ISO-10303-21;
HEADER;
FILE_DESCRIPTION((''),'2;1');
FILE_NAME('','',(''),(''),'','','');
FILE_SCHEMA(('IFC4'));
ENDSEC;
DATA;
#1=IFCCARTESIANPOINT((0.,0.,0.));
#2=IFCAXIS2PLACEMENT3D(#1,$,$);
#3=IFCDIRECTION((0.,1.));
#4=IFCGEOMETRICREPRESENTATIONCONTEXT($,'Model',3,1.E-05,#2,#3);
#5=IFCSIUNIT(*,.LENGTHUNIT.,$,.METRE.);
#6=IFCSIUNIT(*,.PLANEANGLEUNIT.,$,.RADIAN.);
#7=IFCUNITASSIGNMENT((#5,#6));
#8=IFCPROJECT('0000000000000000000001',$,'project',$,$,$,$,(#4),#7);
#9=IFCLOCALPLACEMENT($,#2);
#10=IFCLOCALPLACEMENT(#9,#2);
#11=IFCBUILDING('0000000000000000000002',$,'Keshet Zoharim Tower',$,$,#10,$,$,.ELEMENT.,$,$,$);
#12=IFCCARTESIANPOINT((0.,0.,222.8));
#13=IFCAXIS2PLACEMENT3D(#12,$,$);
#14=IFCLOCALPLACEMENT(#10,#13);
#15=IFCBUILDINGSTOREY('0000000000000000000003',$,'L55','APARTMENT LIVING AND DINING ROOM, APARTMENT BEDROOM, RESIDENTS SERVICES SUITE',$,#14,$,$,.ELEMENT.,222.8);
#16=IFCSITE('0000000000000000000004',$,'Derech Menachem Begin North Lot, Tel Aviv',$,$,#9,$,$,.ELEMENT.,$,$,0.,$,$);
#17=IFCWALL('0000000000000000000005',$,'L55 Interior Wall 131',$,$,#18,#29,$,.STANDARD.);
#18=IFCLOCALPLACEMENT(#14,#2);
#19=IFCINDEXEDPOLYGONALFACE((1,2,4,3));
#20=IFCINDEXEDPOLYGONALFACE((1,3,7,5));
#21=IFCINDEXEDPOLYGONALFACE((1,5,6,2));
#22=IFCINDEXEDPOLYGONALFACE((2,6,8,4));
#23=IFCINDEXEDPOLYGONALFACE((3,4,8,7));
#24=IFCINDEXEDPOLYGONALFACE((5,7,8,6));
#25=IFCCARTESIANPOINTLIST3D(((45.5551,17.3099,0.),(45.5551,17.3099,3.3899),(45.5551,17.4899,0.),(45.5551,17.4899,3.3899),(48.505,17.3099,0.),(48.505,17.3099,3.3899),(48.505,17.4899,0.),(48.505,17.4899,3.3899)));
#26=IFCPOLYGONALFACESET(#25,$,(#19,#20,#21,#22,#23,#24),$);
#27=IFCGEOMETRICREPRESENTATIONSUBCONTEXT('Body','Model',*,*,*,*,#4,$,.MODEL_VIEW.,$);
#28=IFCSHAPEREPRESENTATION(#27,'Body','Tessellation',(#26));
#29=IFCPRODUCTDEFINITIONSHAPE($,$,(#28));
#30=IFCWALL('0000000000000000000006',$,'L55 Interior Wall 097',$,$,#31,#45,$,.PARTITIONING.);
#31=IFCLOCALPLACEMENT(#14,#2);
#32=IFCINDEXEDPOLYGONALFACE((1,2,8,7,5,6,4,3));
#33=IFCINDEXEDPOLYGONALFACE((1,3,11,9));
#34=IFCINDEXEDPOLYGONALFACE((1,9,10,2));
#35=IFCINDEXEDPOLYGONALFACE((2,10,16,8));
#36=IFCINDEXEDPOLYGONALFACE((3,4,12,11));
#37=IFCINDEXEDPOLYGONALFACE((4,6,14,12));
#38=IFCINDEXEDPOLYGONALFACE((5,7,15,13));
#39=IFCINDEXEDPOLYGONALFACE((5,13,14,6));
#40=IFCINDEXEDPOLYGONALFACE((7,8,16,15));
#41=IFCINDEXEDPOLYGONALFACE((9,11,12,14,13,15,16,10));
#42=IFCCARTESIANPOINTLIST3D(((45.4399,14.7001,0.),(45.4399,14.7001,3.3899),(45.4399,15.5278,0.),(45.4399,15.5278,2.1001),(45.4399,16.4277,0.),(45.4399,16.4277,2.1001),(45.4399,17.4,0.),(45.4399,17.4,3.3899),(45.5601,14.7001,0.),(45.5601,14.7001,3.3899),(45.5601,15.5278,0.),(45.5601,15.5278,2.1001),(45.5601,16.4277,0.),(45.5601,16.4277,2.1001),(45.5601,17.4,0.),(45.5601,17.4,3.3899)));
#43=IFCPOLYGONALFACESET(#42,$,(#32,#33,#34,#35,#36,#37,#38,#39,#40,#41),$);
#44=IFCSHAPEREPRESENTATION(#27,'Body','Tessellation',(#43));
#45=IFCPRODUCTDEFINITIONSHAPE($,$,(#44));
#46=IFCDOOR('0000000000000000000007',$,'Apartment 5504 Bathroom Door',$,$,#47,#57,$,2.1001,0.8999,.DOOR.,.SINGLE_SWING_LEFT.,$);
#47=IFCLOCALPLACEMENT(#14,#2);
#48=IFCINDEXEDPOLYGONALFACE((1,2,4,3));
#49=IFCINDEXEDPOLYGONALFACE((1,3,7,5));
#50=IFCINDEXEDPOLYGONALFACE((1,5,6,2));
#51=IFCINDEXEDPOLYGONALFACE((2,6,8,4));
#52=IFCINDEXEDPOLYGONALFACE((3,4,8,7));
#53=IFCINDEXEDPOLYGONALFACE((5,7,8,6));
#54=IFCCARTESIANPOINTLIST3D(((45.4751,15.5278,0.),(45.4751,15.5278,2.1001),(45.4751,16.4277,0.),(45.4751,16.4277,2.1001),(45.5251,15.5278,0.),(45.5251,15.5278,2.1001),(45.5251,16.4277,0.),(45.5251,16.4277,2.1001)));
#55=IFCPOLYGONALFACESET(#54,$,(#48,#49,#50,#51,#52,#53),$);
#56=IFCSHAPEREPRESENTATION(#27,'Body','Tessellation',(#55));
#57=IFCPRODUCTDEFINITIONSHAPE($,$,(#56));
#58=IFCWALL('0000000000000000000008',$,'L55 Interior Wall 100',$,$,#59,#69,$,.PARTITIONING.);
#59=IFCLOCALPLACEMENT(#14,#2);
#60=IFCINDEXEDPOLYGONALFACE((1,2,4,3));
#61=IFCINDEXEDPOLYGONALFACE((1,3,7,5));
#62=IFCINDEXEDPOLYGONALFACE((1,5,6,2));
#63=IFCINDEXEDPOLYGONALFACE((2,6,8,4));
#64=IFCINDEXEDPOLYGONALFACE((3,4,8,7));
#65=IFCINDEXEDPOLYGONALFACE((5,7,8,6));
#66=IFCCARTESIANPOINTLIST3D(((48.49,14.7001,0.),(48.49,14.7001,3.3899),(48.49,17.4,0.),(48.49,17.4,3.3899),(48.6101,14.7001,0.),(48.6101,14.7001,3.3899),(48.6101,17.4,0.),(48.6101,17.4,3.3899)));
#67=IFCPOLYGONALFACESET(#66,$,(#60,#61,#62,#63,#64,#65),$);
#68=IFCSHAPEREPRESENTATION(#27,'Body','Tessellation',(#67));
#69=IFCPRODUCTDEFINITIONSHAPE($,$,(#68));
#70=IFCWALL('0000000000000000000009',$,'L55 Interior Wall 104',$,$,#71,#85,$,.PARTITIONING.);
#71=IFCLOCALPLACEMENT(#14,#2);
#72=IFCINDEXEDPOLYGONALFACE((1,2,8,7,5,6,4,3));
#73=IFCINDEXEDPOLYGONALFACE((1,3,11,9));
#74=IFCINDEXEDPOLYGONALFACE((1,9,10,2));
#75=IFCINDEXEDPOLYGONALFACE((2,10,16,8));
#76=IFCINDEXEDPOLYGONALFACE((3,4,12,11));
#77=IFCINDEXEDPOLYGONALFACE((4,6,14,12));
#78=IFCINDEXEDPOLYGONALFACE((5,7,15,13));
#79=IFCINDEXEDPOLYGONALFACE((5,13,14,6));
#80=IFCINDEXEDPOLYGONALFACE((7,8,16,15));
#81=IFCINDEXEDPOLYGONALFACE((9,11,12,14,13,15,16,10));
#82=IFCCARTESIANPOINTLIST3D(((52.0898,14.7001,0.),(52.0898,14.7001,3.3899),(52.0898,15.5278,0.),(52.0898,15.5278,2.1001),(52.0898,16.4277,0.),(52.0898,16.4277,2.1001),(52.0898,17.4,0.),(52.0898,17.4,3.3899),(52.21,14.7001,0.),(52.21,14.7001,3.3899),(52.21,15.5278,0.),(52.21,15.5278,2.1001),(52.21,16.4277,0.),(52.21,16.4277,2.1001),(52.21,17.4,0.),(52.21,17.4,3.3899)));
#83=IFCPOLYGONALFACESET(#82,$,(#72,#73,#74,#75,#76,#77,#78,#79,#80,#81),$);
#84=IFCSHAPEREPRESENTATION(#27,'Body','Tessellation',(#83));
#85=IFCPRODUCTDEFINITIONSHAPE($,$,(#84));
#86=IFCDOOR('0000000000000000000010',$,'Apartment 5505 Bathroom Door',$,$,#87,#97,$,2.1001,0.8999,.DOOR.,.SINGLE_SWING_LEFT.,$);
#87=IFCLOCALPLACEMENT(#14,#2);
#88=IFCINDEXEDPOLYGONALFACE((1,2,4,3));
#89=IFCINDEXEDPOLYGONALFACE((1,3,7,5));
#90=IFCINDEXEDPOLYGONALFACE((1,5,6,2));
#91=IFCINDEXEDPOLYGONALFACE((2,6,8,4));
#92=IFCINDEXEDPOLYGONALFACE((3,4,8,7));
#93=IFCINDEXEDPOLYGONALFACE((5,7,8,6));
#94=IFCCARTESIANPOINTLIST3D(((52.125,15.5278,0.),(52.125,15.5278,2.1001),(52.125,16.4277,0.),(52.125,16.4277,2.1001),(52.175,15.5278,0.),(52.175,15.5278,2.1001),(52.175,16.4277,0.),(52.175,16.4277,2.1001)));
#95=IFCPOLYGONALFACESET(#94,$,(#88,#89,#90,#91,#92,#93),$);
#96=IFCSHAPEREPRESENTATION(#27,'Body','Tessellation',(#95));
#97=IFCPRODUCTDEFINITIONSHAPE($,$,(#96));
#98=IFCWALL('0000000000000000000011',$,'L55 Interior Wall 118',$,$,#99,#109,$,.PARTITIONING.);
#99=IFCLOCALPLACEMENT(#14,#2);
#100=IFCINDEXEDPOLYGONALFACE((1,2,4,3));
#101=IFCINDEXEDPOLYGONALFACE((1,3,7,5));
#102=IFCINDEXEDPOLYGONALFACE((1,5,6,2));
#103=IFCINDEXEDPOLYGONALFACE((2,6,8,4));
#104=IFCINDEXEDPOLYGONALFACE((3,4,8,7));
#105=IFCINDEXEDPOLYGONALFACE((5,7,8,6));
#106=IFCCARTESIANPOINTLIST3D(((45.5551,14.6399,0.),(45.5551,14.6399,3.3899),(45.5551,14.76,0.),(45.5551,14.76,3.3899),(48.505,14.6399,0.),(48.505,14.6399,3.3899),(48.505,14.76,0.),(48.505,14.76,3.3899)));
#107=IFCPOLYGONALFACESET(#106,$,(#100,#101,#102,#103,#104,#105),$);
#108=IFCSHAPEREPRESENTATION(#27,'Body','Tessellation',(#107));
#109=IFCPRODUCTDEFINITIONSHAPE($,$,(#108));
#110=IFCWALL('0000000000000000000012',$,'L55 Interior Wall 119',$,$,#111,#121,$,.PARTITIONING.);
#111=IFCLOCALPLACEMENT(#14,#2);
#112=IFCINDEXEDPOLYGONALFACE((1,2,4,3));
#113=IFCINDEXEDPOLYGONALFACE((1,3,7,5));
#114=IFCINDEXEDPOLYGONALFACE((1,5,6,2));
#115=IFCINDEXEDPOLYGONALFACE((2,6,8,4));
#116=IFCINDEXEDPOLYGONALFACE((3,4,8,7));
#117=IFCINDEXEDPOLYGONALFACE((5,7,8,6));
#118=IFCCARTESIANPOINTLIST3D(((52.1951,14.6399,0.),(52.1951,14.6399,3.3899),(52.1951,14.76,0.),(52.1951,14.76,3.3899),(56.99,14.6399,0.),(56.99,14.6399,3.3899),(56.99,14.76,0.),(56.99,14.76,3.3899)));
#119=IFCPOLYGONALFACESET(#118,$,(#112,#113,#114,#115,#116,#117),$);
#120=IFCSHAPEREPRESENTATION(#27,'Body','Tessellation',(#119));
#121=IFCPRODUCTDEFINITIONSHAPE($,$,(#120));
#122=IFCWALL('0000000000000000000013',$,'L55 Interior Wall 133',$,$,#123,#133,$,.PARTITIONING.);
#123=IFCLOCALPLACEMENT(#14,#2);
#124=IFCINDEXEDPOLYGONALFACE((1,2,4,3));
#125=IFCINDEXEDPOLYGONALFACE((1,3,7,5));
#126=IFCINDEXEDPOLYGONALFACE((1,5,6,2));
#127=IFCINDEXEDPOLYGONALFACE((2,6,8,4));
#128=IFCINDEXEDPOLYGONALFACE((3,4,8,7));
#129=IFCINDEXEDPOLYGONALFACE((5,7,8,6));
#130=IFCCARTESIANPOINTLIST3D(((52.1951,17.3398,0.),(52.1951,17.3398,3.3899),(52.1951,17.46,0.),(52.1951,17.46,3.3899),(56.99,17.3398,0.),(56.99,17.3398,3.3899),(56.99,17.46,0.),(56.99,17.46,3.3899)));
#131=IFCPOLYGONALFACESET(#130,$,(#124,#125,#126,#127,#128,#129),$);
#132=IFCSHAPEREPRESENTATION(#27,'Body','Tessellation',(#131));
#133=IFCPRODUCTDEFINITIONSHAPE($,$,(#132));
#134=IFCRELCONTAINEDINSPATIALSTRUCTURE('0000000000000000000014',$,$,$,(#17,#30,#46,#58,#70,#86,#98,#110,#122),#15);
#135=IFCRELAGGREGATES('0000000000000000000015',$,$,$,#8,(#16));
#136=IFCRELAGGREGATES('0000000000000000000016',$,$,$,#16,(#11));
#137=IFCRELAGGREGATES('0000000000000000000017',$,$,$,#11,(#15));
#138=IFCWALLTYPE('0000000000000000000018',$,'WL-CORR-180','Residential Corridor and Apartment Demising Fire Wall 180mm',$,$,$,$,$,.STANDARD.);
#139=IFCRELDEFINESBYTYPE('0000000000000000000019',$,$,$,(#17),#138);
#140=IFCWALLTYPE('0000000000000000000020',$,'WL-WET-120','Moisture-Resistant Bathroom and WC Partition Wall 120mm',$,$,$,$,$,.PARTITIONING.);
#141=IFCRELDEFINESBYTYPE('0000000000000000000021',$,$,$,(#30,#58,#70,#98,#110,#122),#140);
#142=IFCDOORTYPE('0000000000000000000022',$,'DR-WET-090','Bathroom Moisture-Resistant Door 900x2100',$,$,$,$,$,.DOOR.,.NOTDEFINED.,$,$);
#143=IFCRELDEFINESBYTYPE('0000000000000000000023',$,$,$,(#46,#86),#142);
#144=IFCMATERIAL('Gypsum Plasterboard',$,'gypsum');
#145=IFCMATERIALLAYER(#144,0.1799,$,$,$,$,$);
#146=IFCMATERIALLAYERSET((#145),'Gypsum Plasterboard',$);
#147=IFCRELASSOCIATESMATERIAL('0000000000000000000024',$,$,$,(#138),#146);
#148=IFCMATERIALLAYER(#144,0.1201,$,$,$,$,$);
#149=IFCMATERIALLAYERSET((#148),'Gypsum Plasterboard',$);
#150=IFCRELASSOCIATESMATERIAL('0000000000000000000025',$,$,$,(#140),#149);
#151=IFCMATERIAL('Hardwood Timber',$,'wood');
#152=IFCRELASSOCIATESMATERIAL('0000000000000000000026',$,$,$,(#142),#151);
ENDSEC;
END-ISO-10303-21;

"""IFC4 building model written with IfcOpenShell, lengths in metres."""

from ifc_helpers import new_model, si_unit, direction, frame, frame_2d, origin, place, context, subcontext, project, spatial, rectangle, extrude, material, layer, layer_set, type_object, element, fill, save


model = new_model("IFC4")

# Units and contexts
model_context = context("Model", 3, precision=1e-05, world=origin(), true_north=direction((0.0, 1.0)))
body_context = subcontext(model_context, "Body", "Model", "MODEL_VIEW")
ifc_project = project(units=[si_unit("LENGTHUNIT", "METRE"), si_unit("PLANEANGLEUNIT", "RADIAN")], contexts=[model_context])

# Site, building, storey
site_placement = place(None, origin())
site = spatial("IfcSite", under=ifc_project, at=site_placement, Name="Derech Menachem Begin North Lot, Tel Aviv", CompositionType="ELEMENT", RefElevation=0.0)
building_placement = place(site_placement, origin())
building = spatial("IfcBuilding", under=site, at=building_placement, Name="Keshet Zoharim Tower", CompositionType="ELEMENT")
storey_placement = place(building_placement, frame((0.0, 0.0, 222.8)))
storey = spatial("IfcBuildingStorey", under=building, at=storey_placement, Name="L55", Description="APARTMENT LIVING AND DINING ROOM, APARTMENT BEDROOM, RESIDENTS SERVICES SUITE", CompositionType="ELEMENT", Elevation=222.8)

# Shared definitions
ifc_material_1 = material(Name="Gypsum Plasterboard", Category="gypsum")

# Shared definitions
ifc_layer_1 = layer(ifc_material_1, 0.1799)
ifc_layer_set_1 = layer_set([ifc_layer_1], Name="Gypsum Plasterboard")
wall_type_1 = type_object("IfcWallType", Name="WL-CORR-180", Description="Residential Corridor and Apartment Demising Fire Wall 180mm", PredefinedType="STANDARD", material=ifc_layer_set_1)
ifc_material_2 = material(Name="Hardwood Timber", Category="wood")

# Wall
wall_1_placement = place(storey_placement, frame((45.5549, 17.3999, 0.0), z_axis=(0.0, 0.0, 1.0), x_axis=(1.0, 0.0, 0.0)))
element("IfcWall", 1, at=wall_1_placement, inside=storey, type_object=wall_type_1, Name="L55 Interior Wall 131", PredefinedType="STANDARD", context=body_context, shape_type="SweptSolid", body=[
    extrude(rectangle(XDim=2.95, YDim=0.1799, at=frame_2d((1.4751, 0.0))), origin(), (0.0, 0.0, 1.0), 3.3899),
])

# Wall, opening, door
ifc_layer_2 = layer(ifc_material_1, 0.1201)
ifc_layer_set_2 = layer_set([ifc_layer_2], Name="Gypsum Plasterboard")
wall_type_2 = type_object("IfcWallType", Name="WL-WET-120", Description="Moisture-Resistant Bathroom and WC Partition Wall 120mm", PredefinedType="PARTITIONING", material=ifc_layer_set_2)
wall_2_placement = place(storey_placement, frame((45.5, 14.7, 0.0), z_axis=(0.0, 0.0, 1.0), x_axis=(0.0, 1.0, 0.0)))
wall_2 = element("IfcWall", 2, at=wall_2_placement, inside=storey, type_object=wall_type_2, Name="L55 Interior Wall 097", PredefinedType="PARTITIONING", context=body_context, shape_type="SweptSolid", body=[
    extrude(rectangle(XDim=2.7, YDim=0.1201, at=frame_2d((1.3501, 0.0))), origin(), (0.0, 0.0, 1.0), 3.3899),
])
opening_1_placement = place(wall_2_placement, frame((0.8279, 0.0, 0.0)))
opening_1 = element("IfcOpeningElement", 3, at=opening_1_placement, cuts=wall_2, PredefinedType="OPENING", context=body_context, shape_type="SweptSolid", body=[
    extrude(rectangle(XDim=0.8999, YDim=2.1001, at=frame_2d((0.45, 1.05))), frame((0.0, 0.0701, 0.0), z_axis=(0.0, -1.0, 0.0), x_axis=(1.0, 0.0, 0.0)), (0.0, 0.0, 1.0), 0.1401),
])
door_type_1 = type_object("IfcDoorType", Name="DR-WET-090", Description="Bathroom Moisture-Resistant Door 900x2100", OperationType="NOTDEFINED", PredefinedType="DOOR", material=ifc_material_2)
door_1_placement = place(opening_1_placement, origin())
door_1 = element("IfcDoor", 4, at=door_1_placement, inside=storey, type_object=door_type_1, Name="Apartment 5504 Bathroom Door", OperationType="SINGLE_SWING_LEFT", OverallHeight=2.1001, OverallWidth=0.8999, PredefinedType="DOOR", context=body_context, shape_type="SweptSolid", body=[
    extrude(rectangle(XDim=0.8999, YDim=2.1001, at=frame_2d((0.45, 1.05))), frame((0.0, 0.0249, 0.0), z_axis=(0.0, -1.0, 0.0), x_axis=(1.0, 0.0, 0.0)), (0.0, 0.0, 1.0), 0.05),
])
fill(opening_1, door_1)

# Wall
wall_3_placement = place(storey_placement, frame((48.55, 14.7, 0.0), z_axis=(0.0, 0.0, 1.0), x_axis=(0.0, 1.0, 0.0)))
element("IfcWall", 5, at=wall_3_placement, inside=storey, type_object=wall_type_2, Name="L55 Interior Wall 100", PredefinedType="PARTITIONING", context=body_context, shape_type="SweptSolid", body=[
    extrude(rectangle(XDim=2.7, YDim=0.1201, at=frame_2d((1.3501, 0.0))), origin(), (0.0, 0.0, 1.0), 3.3899),
])

# Wall, opening, door
wall_4_placement = place(storey_placement, frame((52.1499, 14.7, 0.0), z_axis=(0.0, 0.0, 1.0), x_axis=(0.0, 1.0, 0.0)))
wall_4 = element("IfcWall", 6, at=wall_4_placement, inside=storey, type_object=wall_type_2, Name="L55 Interior Wall 104", PredefinedType="PARTITIONING", context=body_context, shape_type="SweptSolid", body=[
    extrude(rectangle(XDim=2.7, YDim=0.1201, at=frame_2d((1.3501, 0.0))), origin(), (0.0, 0.0, 1.0), 3.3899),
])
opening_2_placement = place(wall_4_placement, frame((0.8279, 0.0, 0.0)))
opening_2 = element("IfcOpeningElement", 7, at=opening_2_placement, cuts=wall_4, PredefinedType="OPENING", context=body_context, shape_type="SweptSolid", body=[
    extrude(rectangle(XDim=0.8999, YDim=2.1001, at=frame_2d((0.45, 1.05))), frame((0.0, 0.0701, 0.0), z_axis=(0.0, -1.0, 0.0), x_axis=(1.0, 0.0, 0.0)), (0.0, 0.0, 1.0), 0.1401),
])
door_2_placement = place(opening_2_placement, origin())
door_2 = element("IfcDoor", 8, at=door_2_placement, inside=storey, type_object=door_type_1, Name="Apartment 5505 Bathroom Door", OperationType="SINGLE_SWING_LEFT", OverallHeight=2.1001, OverallWidth=0.8999, PredefinedType="DOOR", context=body_context, shape_type="SweptSolid", body=[
    extrude(rectangle(XDim=0.8999, YDim=2.1001, at=frame_2d((0.45, 1.05))), frame((0.0, 0.0249, 0.0), z_axis=(0.0, -1.0, 0.0), x_axis=(1.0, 0.0, 0.0)), (0.0, 0.0, 1.0), 0.05),
])
fill(opening_2, door_2)

# Walls
wall_5_placement = place(storey_placement, frame((45.5549, 14.7, 0.0), z_axis=(0.0, 0.0, 1.0), x_axis=(1.0, 0.0, 0.0)))
element("IfcWall", 9, at=wall_5_placement, inside=storey, type_object=wall_type_2, Name="L55 Interior Wall 118", PredefinedType="PARTITIONING", context=body_context, shape_type="SweptSolid", body=[
    extrude(rectangle(XDim=2.95, YDim=0.1201, at=frame_2d((1.4751, 0.0))), origin(), (0.0, 0.0, 1.0), 3.3899),
])
for number, where, z_axis, x_axis, name in (
    (10, (52.1951, 14.7, 0.0), (0.0, 0.0, 1.0), (1.0, 0.0, 0.0), "L55 Interior Wall 119"),
    (11, (52.1951, 17.3999, 0.0), (0.0, 0.0, 1.0), (1.0, 0.0, 0.0), "L55 Interior Wall 133"),
):
    element("IfcWall", number, at=place(storey_placement, frame(where, z_axis=z_axis, x_axis=x_axis)), inside=storey, type_object=wall_type_2, Name=name, PredefinedType="PARTITIONING", context=body_context, shape_type="SweptSolid", body=[
        extrude(rectangle(XDim=4.7949, YDim=0.1201, at=frame_2d((2.3975, 0.0))), origin(), (0.0, 0.0, 1.0), 3.3899),
    ])

save(model, "model.ifc")
